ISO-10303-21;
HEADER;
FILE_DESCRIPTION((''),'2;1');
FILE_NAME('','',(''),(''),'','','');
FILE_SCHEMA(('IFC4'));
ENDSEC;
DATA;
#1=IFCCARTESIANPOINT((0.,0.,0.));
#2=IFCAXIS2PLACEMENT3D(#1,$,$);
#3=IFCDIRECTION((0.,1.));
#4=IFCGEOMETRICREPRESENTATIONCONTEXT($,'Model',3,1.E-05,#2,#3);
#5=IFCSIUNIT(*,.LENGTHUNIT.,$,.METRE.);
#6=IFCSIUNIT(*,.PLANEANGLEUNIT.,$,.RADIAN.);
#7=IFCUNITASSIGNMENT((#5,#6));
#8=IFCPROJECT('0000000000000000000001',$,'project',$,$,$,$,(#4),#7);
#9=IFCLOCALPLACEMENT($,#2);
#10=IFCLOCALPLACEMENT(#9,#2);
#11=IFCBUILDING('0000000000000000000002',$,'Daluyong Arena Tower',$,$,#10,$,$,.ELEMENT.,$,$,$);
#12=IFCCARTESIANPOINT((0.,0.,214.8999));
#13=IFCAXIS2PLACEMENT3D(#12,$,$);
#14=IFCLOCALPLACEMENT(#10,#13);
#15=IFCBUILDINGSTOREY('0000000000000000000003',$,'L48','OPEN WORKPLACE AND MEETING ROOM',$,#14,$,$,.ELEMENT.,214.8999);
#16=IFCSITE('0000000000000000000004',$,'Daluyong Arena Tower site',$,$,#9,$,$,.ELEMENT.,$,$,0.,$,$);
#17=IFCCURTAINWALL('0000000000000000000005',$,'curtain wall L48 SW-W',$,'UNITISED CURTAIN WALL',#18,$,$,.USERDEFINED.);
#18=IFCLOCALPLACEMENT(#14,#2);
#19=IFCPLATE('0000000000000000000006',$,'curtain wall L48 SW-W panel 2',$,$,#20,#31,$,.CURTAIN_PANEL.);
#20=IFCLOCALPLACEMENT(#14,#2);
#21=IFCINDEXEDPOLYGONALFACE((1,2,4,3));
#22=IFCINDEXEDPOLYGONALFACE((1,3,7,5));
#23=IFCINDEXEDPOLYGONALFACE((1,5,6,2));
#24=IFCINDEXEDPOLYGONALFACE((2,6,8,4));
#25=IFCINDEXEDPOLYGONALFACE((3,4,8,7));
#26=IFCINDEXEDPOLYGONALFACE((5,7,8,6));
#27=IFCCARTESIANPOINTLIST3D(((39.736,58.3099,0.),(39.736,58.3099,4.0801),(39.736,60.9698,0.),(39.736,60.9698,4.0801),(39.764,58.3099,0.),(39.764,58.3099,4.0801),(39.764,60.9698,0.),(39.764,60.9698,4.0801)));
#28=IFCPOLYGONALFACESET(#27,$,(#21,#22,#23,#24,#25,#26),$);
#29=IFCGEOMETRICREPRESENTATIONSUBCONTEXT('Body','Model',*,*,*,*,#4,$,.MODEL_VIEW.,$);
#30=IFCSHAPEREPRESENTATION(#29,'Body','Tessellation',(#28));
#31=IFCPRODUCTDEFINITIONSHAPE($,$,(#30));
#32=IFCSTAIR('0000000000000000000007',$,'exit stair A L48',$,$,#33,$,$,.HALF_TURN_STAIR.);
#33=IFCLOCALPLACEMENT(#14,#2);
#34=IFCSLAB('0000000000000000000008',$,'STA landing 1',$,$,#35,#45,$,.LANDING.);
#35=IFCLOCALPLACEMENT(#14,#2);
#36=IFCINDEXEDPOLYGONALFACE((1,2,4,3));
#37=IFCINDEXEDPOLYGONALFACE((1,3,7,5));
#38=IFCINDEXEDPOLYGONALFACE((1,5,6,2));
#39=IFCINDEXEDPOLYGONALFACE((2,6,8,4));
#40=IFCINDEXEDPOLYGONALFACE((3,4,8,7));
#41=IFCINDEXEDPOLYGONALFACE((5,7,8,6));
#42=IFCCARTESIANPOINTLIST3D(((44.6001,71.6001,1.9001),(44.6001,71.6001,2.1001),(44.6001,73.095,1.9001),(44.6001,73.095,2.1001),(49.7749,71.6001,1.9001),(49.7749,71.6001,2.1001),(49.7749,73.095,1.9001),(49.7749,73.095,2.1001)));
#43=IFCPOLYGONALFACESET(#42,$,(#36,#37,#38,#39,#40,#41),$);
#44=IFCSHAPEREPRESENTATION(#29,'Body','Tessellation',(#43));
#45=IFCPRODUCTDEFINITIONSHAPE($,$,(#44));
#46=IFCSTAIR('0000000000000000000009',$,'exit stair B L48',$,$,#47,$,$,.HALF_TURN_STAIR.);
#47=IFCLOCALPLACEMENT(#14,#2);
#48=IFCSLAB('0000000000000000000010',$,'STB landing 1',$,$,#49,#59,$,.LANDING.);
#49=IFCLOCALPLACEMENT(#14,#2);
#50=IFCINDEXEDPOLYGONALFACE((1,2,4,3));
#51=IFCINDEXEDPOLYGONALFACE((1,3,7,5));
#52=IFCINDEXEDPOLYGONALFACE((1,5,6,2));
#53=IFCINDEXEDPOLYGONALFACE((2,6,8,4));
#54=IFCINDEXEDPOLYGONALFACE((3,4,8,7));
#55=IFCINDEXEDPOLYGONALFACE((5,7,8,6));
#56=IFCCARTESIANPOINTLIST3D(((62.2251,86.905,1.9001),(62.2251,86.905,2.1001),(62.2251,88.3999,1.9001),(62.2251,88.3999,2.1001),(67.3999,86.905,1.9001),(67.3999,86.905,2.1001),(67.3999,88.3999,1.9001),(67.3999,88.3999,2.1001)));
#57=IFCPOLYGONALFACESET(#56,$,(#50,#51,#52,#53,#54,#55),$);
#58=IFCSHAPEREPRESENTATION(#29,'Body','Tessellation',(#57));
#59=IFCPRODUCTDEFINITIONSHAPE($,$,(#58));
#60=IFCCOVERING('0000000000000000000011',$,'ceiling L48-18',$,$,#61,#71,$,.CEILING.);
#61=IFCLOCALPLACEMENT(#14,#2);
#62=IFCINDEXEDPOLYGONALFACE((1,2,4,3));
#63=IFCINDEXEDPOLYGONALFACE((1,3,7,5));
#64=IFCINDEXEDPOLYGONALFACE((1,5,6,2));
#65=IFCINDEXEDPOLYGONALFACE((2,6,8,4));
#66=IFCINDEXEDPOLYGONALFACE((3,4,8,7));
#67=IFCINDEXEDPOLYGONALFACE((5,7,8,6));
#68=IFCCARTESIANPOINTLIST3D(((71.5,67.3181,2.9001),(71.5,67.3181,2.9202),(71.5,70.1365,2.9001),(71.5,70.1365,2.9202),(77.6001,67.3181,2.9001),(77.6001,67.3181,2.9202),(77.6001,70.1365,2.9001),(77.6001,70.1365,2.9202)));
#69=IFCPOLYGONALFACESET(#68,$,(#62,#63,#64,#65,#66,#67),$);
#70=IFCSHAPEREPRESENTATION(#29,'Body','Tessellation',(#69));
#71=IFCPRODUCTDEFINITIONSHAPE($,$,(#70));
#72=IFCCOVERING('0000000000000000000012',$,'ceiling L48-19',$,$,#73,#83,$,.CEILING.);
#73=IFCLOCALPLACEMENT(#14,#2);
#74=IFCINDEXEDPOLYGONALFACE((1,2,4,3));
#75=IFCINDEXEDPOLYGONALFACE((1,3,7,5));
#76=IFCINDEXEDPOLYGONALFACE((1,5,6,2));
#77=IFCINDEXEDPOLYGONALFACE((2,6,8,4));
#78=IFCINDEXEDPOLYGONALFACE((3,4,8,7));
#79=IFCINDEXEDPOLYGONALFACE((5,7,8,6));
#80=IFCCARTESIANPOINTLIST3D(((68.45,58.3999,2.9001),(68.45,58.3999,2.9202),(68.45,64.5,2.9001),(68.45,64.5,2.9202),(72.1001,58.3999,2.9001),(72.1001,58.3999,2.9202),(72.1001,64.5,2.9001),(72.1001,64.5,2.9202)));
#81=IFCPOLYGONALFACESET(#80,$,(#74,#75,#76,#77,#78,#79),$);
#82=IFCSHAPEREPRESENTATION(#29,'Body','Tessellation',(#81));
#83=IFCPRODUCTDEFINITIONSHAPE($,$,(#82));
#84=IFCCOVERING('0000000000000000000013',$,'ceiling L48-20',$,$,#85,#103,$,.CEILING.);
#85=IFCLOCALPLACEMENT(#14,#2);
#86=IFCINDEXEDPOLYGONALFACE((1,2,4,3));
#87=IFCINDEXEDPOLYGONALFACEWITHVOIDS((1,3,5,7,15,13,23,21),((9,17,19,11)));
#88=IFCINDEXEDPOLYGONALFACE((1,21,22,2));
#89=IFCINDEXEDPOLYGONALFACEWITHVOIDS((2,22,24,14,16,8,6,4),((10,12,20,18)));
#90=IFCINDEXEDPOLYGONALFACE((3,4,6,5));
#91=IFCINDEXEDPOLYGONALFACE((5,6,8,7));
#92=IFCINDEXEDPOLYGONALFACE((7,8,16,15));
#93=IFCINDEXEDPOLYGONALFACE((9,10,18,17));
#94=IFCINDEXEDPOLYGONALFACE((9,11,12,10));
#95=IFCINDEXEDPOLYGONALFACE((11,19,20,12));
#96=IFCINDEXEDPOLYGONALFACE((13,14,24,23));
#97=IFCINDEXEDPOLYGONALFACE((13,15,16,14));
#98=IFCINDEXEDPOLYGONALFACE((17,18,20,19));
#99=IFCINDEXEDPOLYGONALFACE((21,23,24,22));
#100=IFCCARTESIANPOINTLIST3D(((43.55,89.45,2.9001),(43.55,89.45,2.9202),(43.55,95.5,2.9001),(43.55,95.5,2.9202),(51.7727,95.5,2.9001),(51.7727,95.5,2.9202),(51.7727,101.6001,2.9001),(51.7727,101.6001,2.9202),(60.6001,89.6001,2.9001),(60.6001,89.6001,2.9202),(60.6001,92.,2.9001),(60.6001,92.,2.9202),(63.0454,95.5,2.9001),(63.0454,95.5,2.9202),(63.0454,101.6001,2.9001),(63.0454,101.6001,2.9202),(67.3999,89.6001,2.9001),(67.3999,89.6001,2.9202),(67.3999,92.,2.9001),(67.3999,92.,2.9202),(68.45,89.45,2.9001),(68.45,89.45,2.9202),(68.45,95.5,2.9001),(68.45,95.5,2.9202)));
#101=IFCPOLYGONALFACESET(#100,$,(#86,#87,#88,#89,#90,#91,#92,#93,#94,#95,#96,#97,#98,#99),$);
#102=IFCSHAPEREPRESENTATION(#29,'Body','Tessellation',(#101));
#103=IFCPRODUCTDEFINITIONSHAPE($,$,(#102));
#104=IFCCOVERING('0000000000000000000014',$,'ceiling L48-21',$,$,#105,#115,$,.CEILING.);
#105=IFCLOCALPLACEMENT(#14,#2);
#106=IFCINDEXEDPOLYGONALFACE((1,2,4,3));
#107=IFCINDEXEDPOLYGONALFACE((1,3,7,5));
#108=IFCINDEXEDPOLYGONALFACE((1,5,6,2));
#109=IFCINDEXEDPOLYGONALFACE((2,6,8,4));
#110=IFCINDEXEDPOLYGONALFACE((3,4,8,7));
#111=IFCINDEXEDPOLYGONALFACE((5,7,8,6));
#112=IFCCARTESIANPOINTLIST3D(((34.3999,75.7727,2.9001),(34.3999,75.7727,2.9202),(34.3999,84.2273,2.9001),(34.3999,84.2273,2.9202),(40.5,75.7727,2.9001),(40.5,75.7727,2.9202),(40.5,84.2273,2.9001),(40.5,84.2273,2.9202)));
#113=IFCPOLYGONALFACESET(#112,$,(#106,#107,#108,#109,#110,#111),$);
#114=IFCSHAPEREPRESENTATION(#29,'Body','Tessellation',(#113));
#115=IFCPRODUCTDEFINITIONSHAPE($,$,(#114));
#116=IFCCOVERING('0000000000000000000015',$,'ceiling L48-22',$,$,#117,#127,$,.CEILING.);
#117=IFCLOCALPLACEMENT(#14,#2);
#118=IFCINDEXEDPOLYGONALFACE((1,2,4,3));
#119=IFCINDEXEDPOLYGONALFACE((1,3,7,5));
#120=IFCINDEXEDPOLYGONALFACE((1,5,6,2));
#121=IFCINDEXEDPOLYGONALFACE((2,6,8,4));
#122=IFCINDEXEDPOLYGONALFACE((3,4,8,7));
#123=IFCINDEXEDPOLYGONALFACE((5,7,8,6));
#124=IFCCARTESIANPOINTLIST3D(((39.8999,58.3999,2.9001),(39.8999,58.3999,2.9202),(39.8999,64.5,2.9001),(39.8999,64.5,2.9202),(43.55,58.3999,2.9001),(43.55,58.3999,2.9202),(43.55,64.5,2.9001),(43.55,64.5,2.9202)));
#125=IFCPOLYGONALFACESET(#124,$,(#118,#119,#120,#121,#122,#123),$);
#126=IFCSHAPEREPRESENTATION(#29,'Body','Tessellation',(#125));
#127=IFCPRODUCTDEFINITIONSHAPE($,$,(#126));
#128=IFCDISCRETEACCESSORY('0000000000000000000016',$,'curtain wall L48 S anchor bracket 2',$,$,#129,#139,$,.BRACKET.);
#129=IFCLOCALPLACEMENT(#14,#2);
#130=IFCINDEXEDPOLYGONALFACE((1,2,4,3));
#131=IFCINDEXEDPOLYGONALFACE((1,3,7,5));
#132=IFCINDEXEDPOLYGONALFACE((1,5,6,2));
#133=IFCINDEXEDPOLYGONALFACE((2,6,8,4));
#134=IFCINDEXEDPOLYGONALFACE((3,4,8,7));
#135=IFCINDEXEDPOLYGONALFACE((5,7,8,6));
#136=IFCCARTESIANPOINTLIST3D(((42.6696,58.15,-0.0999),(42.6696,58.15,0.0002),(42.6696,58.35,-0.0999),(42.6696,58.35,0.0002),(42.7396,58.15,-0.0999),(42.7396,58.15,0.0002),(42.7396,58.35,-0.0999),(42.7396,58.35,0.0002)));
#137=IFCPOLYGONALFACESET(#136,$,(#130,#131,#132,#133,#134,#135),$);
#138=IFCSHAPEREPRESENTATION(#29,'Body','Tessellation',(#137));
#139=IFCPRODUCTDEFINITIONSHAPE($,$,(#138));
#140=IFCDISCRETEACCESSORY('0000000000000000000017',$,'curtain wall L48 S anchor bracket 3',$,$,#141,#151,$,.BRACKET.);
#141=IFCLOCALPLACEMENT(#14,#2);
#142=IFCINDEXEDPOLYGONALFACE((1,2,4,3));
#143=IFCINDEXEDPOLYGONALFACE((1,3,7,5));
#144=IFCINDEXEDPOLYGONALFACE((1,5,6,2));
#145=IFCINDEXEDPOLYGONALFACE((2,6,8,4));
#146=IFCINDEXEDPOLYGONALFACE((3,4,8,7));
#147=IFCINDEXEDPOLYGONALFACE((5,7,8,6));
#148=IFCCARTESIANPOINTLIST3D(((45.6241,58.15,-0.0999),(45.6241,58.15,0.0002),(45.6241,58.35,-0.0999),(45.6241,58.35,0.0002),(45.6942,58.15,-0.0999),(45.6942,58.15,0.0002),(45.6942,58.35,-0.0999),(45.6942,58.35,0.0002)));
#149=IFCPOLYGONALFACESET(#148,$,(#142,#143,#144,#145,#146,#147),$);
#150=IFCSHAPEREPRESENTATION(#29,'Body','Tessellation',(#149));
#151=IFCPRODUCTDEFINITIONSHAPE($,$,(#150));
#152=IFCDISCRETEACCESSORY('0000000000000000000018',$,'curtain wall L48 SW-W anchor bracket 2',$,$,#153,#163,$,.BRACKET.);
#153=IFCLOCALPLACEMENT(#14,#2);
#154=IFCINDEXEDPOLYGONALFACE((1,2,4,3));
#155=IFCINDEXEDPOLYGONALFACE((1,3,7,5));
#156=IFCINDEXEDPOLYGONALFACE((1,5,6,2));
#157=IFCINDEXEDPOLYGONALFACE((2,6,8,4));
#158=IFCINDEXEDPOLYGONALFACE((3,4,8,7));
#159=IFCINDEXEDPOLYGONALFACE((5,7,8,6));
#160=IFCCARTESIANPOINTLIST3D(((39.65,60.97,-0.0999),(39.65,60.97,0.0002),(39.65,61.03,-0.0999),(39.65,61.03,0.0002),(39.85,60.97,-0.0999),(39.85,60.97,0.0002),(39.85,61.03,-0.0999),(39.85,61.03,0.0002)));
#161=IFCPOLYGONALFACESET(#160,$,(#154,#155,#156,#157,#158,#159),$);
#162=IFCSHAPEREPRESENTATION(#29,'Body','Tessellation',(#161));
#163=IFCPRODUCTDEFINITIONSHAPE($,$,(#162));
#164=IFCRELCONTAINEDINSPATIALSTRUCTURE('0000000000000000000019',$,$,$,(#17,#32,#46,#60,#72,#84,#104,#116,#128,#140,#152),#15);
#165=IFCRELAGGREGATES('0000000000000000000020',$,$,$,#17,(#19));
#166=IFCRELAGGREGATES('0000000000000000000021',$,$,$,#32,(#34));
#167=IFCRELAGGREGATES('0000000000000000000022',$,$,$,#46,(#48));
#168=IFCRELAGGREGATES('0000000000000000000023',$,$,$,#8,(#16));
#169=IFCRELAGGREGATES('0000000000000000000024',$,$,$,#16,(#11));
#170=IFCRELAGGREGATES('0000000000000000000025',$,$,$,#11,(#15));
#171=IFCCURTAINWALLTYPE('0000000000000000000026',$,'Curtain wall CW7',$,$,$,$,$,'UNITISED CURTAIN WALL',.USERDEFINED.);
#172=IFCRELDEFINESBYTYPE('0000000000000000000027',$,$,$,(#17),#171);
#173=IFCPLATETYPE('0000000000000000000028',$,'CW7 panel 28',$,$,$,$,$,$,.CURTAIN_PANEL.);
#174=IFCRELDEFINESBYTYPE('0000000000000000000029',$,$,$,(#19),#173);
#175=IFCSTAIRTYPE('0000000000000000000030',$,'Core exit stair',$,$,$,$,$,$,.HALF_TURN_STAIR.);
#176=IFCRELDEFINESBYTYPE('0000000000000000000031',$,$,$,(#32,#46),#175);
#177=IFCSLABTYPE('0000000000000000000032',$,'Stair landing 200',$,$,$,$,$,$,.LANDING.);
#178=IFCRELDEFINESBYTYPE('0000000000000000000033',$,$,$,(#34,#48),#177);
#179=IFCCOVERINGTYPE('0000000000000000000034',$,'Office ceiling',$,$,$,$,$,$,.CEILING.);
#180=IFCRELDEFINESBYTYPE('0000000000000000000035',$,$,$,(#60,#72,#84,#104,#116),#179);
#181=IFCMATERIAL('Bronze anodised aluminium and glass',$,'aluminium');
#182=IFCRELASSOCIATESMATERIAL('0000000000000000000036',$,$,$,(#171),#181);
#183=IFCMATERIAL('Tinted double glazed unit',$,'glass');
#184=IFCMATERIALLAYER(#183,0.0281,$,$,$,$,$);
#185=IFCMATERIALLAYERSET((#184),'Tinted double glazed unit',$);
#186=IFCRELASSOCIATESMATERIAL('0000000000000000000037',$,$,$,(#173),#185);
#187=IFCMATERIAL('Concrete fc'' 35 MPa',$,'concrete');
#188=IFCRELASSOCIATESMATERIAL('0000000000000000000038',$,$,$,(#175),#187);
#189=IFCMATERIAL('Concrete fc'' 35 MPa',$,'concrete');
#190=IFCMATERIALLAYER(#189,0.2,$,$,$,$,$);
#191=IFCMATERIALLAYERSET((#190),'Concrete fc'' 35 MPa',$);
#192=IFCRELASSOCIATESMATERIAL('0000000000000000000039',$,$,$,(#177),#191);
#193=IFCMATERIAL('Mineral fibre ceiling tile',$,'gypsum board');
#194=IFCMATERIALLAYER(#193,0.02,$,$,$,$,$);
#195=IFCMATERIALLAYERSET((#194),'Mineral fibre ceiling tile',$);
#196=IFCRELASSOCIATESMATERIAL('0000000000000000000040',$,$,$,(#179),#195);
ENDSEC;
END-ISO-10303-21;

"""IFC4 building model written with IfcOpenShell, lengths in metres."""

from ifc_helpers import new_model, si_unit, direction, frame, origin, origin_2d, place, context, subcontext, project, spatial, polyline, rectangle, outline, extrude, material, layer, layer_set, type_object, element, aggregate, save


model = new_model("IFC4")

# Units and contexts
model_context = context("Model", 3, precision=1e-05, world=origin(), true_north=direction((0.0, 1.0)))
body_context = subcontext(model_context, "Body", "Model", "MODEL_VIEW")
ifc_project = project(units=[si_unit("LENGTHUNIT", "METRE"), si_unit("PLANEANGLEUNIT", "RADIAN")], contexts=[model_context])

# Site, building, storey
site_placement = place(None, origin())
site = spatial("IfcSite", under=ifc_project, at=site_placement, Name="Daluyong Arena Tower site", CompositionType="ELEMENT", RefElevation=0.0)
building_placement = place(site_placement, origin())
building = spatial("IfcBuilding", under=site, at=building_placement, Name="Daluyong Arena Tower", CompositionType="ELEMENT")
storey_placement = place(building_placement, frame((0.0, 0.0, 214.8999)))
storey = spatial("IfcBuildingStorey", under=building, at=storey_placement, Name="L48", Description="OPEN WORKPLACE AND MEETING ROOM", CompositionType="ELEMENT", Elevation=214.8999)

# Curtain wall
ifc_material_1 = material(Name="Bronze anodised aluminium and glass", Category="aluminium")
curtain_wall_type_1 = type_object("IfcCurtainWallType", Name="Curtain wall CW7", ElementType="UNITISED CURTAIN WALL", PredefinedType="USERDEFINED", material=ifc_material_1)
curtain_wall_1_placement = place(storey_placement, origin())
curtain_wall_1 = element("IfcCurtainWall", 1, at=curtain_wall_1_placement, inside=storey, type_object=curtain_wall_type_1, Name="curtain wall L48 SW-W", ObjectType="UNITISED CURTAIN WALL", PredefinedType="USERDEFINED")

# Plate
ifc_material_2 = material(Name="Tinted double glazed unit", Category="glass")
ifc_layer_1 = layer(ifc_material_2, 0.0281)
ifc_layer_set_1 = layer_set([ifc_layer_1], Name="Tinted double glazed unit")
plate_type_1 = type_object("IfcPlateType", Name="CW7 panel 28", PredefinedType="CURTAIN_PANEL", material=ifc_layer_set_1)
plate_1_placement = place(storey_placement, frame((39.75, 59.6399, 0.0), z_axis=(0.0, 0.0, 1.0), x_axis=(0.0, -1.0, 0.0)))
plate_1 = element("IfcPlate", 2, at=plate_1_placement, type_object=plate_type_1, Name="curtain wall L48 SW-W panel 2", PredefinedType="CURTAIN_PANEL", context=body_context, shape_type="SweptSolid", body=[
    extrude(rectangle(XDim=2.6599, YDim=0.0281, at=origin_2d()), origin(), (0.0, 0.0, 1.0), 4.0801),
])
aggregate(curtain_wall_1, [plate_1])

# Stairs, slabs
ifc_material_3 = material(Name="Concrete fc' 35 MPa", Category="concrete")
stair_type = type_object("IfcStairType", Name="Core exit stair", PredefinedType="HALF_TURN_STAIR", material=ifc_material_3)
stair_1_placement = place(storey_placement, origin())
stair_1 = element("IfcStair", 3, at=stair_1_placement, inside=storey, type_object=stair_type, Name="exit stair A L48", PredefinedType="HALF_TURN_STAIR")
ifc_material_4 = material(Name="Concrete fc' 35 MPa", Category="concrete")
ifc_layer_2 = layer(ifc_material_4, 0.2)
ifc_layer_set_2 = layer_set([ifc_layer_2], Name="Concrete fc' 35 MPa")
slab_type = type_object("IfcSlabType", Name="Stair landing 200", PredefinedType="LANDING", material=ifc_layer_set_2)
slab_1_placement = place(storey_placement, frame((0.0, 0.0, 1.9001)))
slab_1 = element("IfcSlab", 4, at=slab_1_placement, type_object=slab_type, Name="STA landing 1", PredefinedType="LANDING", context=body_context, shape_type="SweptSolid", body=[
    extrude(outline(polyline([(44.6001, 71.6001), (49.7749, 71.6001), (49.7749, 73.095), (44.6001, 73.095), (44.6001, 71.6001)])), origin(), (0.0, 0.0, 1.0), 0.2),
])
aggregate(stair_1, [slab_1])
stair_2_placement = place(storey_placement, origin())
stair_2 = element("IfcStair", 5, at=stair_2_placement, inside=storey, type_object=stair_type, Name="exit stair B L48", PredefinedType="HALF_TURN_STAIR")
slab_2_placement = place(storey_placement, frame((0.0, 0.0, 1.9001)))
slab_2 = element("IfcSlab", 6, at=slab_2_placement, type_object=slab_type, Name="STB landing 1", PredefinedType="LANDING", context=body_context, shape_type="SweptSolid", body=[
    extrude(outline(polyline([(62.2251, 86.905), (67.3999, 86.905), (67.3999, 88.3999), (62.2251, 88.3999), (62.2251, 86.905)])), origin(), (0.0, 0.0, 1.0), 0.2),
])
aggregate(stair_2, [slab_2])

# Coverings
ifc_material_5 = material(Name="Mineral fibre ceiling tile", Category="gypsum board")
ifc_layer_3 = layer(ifc_material_5, 0.02)
ifc_layer_set_3 = layer_set([ifc_layer_3], Name="Mineral fibre ceiling tile")
covering_type = type_object("IfcCoveringType", Name="Office ceiling", PredefinedType="CEILING", material=ifc_layer_set_3)
covering_1_placement = place(storey_placement, frame((0.0, 0.0, 2.9001)))
element("IfcCovering", 7, at=covering_1_placement, inside=storey, type_object=covering_type, Name="ceiling L48-18", PredefinedType="CEILING", context=body_context, shape_type="SweptSolid", body=[
    extrude(outline(polyline([(77.6001, 67.3181), (77.6001, 70.1365), (71.5, 70.1365), (71.5, 67.3181), (77.6001, 67.3181)])), origin(), (0.0, 0.0, 1.0), 0.02),
])
covering_2_placement = place(storey_placement, frame((0.0, 0.0, 2.9001)))
element("IfcCovering", 8, at=covering_2_placement, inside=storey, type_object=covering_type, Name="ceiling L48-19", PredefinedType="CEILING", context=body_context, shape_type="SweptSolid", body=[
    extrude(outline(polyline([(72.1001, 64.5), (68.45, 64.5), (68.45, 58.3999), (72.1001, 58.3999), (72.1001, 64.5)])), origin(), (0.0, 0.0, 1.0), 0.02),
])
covering_3_placement = place(storey_placement, frame((0.0, 0.0, 2.9001)))
element("IfcCovering", 9, at=covering_3_placement, inside=storey, type_object=covering_type, Name="ceiling L48-20", PredefinedType="CEILING", context=body_context, shape_type="SweptSolid", body=[
    extrude(outline(polyline([(51.7727, 101.6001), (51.7727, 95.5), (43.55, 95.5), (43.55, 89.45), (68.45, 89.45), (68.45, 95.5), (63.0454, 95.5), (63.0454, 101.6001), (51.7727, 101.6001)]), holes=[polyline([(60.6001, 89.6001), (60.6001, 92.0), (67.3999, 92.0), (67.3999, 89.6001), (60.6001, 89.6001)])]), origin(), (0.0, 0.0, 1.0), 0.02),
])
covering_4_placement = place(storey_placement, frame((0.0, 0.0, 2.9001)))
element("IfcCovering", 10, at=covering_4_placement, inside=storey, type_object=covering_type, Name="ceiling L48-21", PredefinedType="CEILING", context=body_context, shape_type="SweptSolid", body=[
    extrude(outline(polyline([(34.3999, 75.7727), (40.5, 75.7727), (40.5, 84.2273), (34.3999, 84.2273), (34.3999, 75.7727)])), origin(), (0.0, 0.0, 1.0), 0.02),
])
covering_5_placement = place(storey_placement, frame((0.0, 0.0, 2.9001)))
element("IfcCovering", 11, at=covering_5_placement, inside=storey, type_object=covering_type, Name="ceiling L48-22", PredefinedType="CEILING", context=body_context, shape_type="SweptSolid", body=[
    extrude(outline(polyline([(39.8999, 58.3999), (43.55, 58.3999), (43.55, 64.5), (39.8999, 64.5), (39.8999, 58.3999)])), origin(), (0.0, 0.0, 1.0), 0.02),
])

# Discrete accessories
for number, where, z_axis, x_axis, name in (
    (12, (42.7046, 58.25, -0.0999), (0.0, 0.0, 1.0), (1.0, 0.0, 0.0), "curtain wall L48 S anchor bracket 2"),
    (13, (45.6592, 58.25, -0.0999), (0.0, 0.0, 1.0), (1.0, 0.0, 0.0), "curtain wall L48 S anchor bracket 3"),
):
    element("IfcDiscreteAccessory", number, at=place(storey_placement, frame(where, z_axis=z_axis, x_axis=x_axis)), inside=storey, Name=name, PredefinedType="BRACKET", context=body_context, shape_type="SweptSolid", body=[
        extrude(rectangle(XDim=0.0701, YDim=0.2, at=origin_2d()), origin(), (0.0, 0.0, 1.0), 0.1001),
    ])
discrete_accessory_placement = place(storey_placement, frame((39.75, 61.0, -0.0999), z_axis=(0.0, 0.0, 1.0), x_axis=(0.0, -1.0, 0.0)))
element("IfcDiscreteAccessory", 14, at=discrete_accessory_placement, inside=storey, Name="curtain wall L48 SW-W anchor bracket 2", PredefinedType="BRACKET", context=body_context, shape_type="SweptSolid", body=[
    extrude(rectangle(XDim=0.0601, YDim=0.2, at=origin_2d()), origin(), (0.0, 0.0, 1.0), 0.1001),
])

save(model, "model.ifc")
